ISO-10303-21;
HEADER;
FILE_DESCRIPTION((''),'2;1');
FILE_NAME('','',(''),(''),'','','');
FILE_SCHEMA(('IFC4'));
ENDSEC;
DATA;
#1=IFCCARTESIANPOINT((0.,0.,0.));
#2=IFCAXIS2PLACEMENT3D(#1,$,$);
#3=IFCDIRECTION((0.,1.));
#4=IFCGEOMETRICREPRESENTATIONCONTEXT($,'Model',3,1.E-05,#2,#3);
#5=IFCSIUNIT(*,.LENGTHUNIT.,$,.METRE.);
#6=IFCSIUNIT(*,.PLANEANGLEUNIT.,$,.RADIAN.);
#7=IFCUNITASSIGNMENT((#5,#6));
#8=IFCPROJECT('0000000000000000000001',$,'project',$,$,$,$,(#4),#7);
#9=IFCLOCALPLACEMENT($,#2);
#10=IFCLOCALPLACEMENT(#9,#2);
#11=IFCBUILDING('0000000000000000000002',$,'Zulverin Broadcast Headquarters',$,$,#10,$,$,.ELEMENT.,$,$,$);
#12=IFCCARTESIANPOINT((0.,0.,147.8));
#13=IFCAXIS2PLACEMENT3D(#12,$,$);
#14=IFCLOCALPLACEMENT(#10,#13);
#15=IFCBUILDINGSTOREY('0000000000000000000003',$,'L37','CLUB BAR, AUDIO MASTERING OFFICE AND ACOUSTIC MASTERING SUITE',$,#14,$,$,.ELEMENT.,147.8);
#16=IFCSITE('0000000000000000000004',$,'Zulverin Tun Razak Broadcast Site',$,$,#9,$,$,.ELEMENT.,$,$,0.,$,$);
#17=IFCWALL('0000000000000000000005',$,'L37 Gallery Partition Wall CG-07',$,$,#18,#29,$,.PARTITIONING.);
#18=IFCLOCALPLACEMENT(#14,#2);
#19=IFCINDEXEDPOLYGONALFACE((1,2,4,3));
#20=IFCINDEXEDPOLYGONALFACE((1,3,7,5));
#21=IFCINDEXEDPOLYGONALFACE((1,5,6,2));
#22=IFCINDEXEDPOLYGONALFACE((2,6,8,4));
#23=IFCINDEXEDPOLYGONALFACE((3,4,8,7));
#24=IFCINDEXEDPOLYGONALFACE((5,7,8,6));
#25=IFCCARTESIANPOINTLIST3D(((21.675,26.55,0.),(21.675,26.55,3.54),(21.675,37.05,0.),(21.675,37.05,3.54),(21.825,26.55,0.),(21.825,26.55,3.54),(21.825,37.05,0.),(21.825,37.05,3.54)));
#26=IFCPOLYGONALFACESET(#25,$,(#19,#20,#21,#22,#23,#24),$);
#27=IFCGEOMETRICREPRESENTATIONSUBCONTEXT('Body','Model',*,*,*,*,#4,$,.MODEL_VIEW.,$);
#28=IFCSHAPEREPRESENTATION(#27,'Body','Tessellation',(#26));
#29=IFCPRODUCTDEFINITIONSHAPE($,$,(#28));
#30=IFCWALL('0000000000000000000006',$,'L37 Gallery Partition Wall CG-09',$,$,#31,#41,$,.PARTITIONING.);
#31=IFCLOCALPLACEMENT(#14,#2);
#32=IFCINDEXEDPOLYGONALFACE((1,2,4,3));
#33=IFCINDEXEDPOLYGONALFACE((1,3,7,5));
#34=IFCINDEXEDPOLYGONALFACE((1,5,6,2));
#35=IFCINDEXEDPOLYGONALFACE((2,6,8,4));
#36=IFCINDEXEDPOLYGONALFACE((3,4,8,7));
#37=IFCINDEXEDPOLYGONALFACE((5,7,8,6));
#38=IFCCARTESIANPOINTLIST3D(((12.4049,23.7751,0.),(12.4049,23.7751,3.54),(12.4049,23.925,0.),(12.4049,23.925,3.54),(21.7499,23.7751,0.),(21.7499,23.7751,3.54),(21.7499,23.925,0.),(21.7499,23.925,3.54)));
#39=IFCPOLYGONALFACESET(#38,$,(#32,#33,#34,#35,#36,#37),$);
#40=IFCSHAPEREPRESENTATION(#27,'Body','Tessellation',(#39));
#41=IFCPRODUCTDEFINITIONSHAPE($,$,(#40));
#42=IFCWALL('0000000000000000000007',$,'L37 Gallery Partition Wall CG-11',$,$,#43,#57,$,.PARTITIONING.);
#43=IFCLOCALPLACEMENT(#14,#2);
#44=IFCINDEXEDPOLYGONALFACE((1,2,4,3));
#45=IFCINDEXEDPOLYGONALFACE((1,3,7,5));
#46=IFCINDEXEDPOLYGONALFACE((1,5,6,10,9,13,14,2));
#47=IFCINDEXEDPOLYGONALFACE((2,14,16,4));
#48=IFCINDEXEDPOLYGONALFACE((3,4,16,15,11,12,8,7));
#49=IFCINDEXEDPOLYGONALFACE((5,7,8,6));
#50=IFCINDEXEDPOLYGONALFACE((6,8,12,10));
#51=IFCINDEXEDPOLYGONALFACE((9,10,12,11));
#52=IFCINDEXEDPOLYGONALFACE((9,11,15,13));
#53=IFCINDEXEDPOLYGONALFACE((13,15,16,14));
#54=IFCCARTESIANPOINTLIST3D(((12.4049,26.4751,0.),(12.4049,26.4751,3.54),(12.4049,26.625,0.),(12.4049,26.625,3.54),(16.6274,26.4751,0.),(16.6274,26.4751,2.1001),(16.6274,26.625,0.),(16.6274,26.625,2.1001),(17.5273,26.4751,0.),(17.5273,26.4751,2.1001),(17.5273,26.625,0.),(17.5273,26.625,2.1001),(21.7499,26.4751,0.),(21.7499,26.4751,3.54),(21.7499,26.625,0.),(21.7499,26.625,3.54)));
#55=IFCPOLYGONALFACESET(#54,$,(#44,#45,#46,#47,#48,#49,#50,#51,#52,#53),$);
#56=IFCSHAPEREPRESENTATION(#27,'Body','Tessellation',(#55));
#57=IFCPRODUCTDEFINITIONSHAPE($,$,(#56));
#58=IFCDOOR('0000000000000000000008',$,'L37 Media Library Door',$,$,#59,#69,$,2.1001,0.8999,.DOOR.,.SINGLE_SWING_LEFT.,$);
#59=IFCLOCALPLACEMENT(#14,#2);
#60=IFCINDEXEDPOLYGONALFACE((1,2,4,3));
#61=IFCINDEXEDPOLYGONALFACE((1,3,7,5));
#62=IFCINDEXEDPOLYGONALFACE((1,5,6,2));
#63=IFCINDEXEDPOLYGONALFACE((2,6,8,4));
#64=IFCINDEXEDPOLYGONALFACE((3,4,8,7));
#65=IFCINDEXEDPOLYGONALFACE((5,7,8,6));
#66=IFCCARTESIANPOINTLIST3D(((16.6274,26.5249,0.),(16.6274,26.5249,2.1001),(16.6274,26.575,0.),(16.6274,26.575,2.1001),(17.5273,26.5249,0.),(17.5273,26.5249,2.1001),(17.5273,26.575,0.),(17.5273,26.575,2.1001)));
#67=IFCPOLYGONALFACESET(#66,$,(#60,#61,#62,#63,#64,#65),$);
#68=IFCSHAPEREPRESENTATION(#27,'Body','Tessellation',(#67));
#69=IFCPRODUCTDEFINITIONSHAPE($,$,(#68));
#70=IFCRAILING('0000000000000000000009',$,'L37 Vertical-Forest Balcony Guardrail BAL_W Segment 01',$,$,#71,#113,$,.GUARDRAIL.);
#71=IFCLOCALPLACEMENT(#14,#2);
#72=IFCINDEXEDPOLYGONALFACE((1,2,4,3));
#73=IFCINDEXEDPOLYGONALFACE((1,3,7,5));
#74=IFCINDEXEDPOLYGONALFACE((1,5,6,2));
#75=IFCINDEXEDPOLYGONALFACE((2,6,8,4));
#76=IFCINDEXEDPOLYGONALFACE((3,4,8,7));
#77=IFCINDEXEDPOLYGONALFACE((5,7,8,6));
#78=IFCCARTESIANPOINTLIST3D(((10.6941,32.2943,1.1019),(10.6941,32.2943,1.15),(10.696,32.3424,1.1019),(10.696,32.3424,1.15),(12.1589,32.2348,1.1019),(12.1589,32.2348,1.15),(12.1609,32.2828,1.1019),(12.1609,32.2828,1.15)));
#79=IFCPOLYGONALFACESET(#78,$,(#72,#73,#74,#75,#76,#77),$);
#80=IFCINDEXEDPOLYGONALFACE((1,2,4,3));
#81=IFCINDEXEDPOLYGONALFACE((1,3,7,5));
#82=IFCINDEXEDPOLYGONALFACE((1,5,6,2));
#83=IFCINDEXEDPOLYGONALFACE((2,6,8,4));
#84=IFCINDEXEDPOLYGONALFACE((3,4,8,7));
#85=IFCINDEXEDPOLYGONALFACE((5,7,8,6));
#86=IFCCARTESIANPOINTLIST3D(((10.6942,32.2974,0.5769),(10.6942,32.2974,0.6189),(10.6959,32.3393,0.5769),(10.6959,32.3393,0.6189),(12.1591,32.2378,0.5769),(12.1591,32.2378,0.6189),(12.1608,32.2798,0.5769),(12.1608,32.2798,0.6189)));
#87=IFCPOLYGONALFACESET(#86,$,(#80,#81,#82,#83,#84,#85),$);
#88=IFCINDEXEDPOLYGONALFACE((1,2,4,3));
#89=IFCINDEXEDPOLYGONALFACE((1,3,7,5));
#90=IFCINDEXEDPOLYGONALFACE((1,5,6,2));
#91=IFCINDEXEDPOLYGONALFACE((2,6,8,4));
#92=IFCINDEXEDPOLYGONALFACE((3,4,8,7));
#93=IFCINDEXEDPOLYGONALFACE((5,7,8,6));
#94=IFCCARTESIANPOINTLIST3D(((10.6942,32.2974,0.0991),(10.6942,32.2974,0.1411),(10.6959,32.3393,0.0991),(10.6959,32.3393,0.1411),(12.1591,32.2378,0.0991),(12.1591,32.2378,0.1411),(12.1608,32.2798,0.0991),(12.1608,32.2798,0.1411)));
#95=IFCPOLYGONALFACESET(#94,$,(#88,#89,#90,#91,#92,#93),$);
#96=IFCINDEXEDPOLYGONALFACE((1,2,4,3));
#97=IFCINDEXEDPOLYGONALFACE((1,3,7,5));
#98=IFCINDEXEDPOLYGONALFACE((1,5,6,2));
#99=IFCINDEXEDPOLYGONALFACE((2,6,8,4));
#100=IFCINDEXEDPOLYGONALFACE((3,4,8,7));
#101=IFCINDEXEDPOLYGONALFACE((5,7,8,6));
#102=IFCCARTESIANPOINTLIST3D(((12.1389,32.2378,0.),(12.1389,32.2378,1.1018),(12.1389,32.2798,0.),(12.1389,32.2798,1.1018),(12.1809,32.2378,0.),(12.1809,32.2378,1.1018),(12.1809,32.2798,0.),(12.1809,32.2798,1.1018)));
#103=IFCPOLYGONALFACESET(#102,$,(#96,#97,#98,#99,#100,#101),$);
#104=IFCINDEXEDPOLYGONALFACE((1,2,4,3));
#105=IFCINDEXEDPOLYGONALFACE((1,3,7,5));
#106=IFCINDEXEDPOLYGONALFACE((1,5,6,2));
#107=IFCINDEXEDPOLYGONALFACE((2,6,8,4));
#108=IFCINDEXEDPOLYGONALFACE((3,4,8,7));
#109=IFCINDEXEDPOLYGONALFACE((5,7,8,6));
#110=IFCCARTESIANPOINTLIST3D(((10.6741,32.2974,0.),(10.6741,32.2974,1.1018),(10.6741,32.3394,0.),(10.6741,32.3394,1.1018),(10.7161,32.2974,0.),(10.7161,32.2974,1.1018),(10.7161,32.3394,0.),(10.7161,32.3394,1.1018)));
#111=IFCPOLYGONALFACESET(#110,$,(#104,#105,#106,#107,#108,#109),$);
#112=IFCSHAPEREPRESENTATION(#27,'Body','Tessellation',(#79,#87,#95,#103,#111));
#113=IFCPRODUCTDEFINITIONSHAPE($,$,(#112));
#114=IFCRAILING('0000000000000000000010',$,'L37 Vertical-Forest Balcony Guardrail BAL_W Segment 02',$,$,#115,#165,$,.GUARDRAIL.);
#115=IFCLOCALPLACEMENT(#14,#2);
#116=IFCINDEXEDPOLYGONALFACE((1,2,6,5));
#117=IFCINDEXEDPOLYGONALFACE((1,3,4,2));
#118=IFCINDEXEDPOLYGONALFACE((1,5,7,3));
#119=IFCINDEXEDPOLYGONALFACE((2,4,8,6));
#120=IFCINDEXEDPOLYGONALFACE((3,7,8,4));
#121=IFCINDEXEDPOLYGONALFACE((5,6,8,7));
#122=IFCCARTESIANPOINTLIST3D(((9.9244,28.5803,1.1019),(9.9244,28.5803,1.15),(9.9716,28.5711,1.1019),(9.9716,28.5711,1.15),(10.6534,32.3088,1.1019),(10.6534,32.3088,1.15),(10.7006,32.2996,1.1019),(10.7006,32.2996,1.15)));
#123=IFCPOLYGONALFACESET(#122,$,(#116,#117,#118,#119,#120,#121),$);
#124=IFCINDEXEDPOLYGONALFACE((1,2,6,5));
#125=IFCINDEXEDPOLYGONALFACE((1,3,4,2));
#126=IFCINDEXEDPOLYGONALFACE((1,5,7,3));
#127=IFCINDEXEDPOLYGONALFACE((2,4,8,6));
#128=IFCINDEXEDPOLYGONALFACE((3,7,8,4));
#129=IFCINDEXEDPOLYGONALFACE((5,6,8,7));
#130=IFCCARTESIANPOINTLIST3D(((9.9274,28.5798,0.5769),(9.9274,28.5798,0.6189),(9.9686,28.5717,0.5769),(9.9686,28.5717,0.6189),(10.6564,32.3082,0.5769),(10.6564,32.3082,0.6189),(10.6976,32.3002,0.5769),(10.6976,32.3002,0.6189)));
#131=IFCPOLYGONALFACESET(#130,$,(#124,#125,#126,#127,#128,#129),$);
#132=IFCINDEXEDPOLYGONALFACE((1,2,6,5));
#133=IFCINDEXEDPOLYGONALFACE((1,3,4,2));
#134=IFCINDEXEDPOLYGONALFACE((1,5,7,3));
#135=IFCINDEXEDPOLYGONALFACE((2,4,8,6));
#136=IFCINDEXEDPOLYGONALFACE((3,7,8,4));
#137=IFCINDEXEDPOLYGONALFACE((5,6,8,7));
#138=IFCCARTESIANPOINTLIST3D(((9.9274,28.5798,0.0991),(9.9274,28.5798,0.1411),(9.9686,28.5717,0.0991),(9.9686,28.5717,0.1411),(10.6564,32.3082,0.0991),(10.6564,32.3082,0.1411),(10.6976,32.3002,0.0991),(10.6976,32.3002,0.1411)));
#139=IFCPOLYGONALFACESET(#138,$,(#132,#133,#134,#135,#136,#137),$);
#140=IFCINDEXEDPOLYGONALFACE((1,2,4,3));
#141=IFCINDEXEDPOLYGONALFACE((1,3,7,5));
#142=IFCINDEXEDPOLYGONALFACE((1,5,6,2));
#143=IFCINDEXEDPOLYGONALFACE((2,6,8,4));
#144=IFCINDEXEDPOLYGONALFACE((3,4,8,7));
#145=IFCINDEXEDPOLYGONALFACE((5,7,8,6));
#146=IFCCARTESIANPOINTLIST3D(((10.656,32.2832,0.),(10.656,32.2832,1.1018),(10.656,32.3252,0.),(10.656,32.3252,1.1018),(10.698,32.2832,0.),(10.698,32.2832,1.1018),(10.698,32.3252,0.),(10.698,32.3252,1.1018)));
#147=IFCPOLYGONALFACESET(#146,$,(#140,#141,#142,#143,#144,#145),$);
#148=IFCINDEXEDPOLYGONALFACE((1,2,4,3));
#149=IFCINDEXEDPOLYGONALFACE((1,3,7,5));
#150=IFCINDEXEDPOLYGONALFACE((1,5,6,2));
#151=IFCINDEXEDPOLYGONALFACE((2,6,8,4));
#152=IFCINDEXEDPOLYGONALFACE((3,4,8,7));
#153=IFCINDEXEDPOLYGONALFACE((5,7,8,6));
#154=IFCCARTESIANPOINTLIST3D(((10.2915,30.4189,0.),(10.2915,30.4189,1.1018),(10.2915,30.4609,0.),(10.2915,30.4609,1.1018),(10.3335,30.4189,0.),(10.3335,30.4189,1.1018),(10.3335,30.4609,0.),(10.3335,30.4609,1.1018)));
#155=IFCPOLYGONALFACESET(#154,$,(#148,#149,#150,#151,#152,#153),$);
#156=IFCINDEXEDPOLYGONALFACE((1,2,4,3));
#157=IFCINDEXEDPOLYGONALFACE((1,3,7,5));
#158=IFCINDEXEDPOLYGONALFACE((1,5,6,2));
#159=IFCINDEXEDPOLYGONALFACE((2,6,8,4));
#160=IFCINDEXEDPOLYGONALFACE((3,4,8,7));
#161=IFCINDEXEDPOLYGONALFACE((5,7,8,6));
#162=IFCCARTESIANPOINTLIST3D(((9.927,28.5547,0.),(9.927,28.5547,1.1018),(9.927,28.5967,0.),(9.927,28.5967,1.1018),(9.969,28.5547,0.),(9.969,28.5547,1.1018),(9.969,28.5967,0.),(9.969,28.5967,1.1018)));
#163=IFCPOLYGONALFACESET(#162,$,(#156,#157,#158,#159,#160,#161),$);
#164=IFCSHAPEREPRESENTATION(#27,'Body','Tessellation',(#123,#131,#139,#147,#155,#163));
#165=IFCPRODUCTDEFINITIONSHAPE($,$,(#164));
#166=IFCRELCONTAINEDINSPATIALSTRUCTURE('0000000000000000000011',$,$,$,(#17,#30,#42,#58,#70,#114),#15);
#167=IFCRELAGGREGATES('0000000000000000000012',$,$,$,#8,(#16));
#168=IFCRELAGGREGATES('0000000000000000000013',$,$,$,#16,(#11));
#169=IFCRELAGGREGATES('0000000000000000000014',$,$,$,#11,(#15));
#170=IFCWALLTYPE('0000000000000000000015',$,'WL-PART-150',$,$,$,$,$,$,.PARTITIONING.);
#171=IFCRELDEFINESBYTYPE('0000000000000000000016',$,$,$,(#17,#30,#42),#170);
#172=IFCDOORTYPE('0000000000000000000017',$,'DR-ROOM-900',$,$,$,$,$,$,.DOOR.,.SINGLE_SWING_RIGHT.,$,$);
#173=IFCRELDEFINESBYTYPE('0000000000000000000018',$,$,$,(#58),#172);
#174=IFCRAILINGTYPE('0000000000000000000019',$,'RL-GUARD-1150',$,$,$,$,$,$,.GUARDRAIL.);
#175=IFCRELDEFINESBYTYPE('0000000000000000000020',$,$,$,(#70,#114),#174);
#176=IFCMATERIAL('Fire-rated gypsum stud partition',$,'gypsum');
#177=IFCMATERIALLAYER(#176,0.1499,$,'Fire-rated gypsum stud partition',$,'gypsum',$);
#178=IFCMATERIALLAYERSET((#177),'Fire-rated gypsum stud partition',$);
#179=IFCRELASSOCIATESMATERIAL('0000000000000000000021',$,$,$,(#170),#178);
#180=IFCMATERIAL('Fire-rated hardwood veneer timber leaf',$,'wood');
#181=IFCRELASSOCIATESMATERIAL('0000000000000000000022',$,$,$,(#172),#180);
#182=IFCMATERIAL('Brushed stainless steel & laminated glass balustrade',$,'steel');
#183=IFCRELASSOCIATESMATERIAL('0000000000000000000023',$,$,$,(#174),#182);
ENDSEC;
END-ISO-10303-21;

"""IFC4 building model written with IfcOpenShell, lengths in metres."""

from ifc_helpers import new_model, si_unit, direction, frame, frame_2d, origin, origin_2d, place, context, subcontext, project, spatial, rectangle, extrude, material, layer, layer_set, type_object, element, fill, save


model = new_model("IFC4")

# Units and contexts
model_context = context("Model", 3, precision=1e-05, world=origin(), true_north=direction((0.0, 1.0)))
body_context = subcontext(model_context, "Body", "Model", "MODEL_VIEW")
ifc_project = project(units=[si_unit("LENGTHUNIT", "METRE"), si_unit("PLANEANGLEUNIT", "RADIAN")], contexts=[model_context])

# Site, building, storey
site_placement = place(None, origin())
site = spatial("IfcSite", under=ifc_project, at=site_placement, Name="Zulverin Tun Razak Broadcast Site", CompositionType="ELEMENT", RefElevation=0.0)
building_placement = place(site_placement, origin())
building = spatial("IfcBuilding", under=site, at=building_placement, Name="Zulverin Broadcast Headquarters", CompositionType="ELEMENT")
storey_placement = place(building_placement, frame((0.0, 0.0, 147.8)))
storey = spatial("IfcBuildingStorey", under=building, at=storey_placement, Name="L37", Description="CLUB BAR, AUDIO MASTERING OFFICE AND ACOUSTIC MASTERING SUITE", CompositionType="ELEMENT", Elevation=147.8)

# Shared definitions
ifc_material_1 = material(Name="Fire-rated gypsum stud partition", Category="gypsum")
ifc_layer_1 = layer(ifc_material_1, 0.1499, Name="Fire-rated gypsum stud partition", Category="gypsum")
ifc_layer_set_1 = layer_set([ifc_layer_1], Name="Fire-rated gypsum stud partition")
wall_type = type_object("IfcWallType", Name="WL-PART-150", PredefinedType="PARTITIONING", material=ifc_layer_set_1)

# Walls
wall_1_placement = place(storey_placement, frame((21.75, 26.55, 0.0), z_axis=(0.0, 0.0, 1.0), x_axis=(0.0, 1.0, 0.0)))
element("IfcWall", 1, at=wall_1_placement, inside=storey, type_object=wall_type, Name="L37 Gallery Partition Wall CG-07", PredefinedType="PARTITIONING", context=body_context, shape_type="SweptSolid", body=[
    extrude(rectangle(XDim=10.5, YDim=0.1499, at=frame_2d((5.25, 0.0))), origin(), (0.0, 0.0, 1.0), 3.54),
])
wall_2_placement = place(storey_placement, frame((12.405, 23.8501, 0.0), z_axis=(0.0, 0.0, 1.0), x_axis=(1.0, 0.0, 0.0)))
element("IfcWall", 2, at=wall_2_placement, inside=storey, type_object=wall_type, Name="L37 Gallery Partition Wall CG-09", PredefinedType="PARTITIONING", context=body_context, shape_type="SweptSolid", body=[
    extrude(rectangle(XDim=9.345, YDim=0.1499, at=frame_2d((4.6724, 0.0))), origin(), (0.0, 0.0, 1.0), 3.54),
])

# Wall, opening, door
wall_3_placement = place(storey_placement, frame((12.405, 26.55, 0.0), z_axis=(0.0, 0.0, 1.0), x_axis=(1.0, 0.0, 0.0)))
wall_3 = element("IfcWall", 3, at=wall_3_placement, inside=storey, type_object=wall_type, Name="L37 Gallery Partition Wall CG-11", PredefinedType="PARTITIONING", context=body_context, shape_type="SweptSolid", body=[
    extrude(rectangle(XDim=9.345, YDim=0.1499, at=frame_2d((4.6724, 0.0))), origin(), (0.0, 0.0, 1.0), 3.54),
])
opening_1_placement = place(wall_3_placement, frame((4.2224, 0.0, 0.0)))
opening_1 = element("IfcOpeningElement", 4, at=opening_1_placement, cuts=wall_3, PredefinedType="OPENING", context=body_context, shape_type="SweptSolid", body=[
    extrude(rectangle(XDim=0.8999, YDim=2.1001, at=frame_2d((0.45, 1.05))), frame((0.0, 0.085, 0.0), z_axis=(0.0, -1.0, 0.0), x_axis=(1.0, 0.0, 0.0)), (0.0, 0.0, 1.0), 0.1699),
])
ifc_material_2 = material(Name="Fire-rated hardwood veneer timber leaf", Category="wood")
door_type_1 = type_object("IfcDoorType", Name="DR-ROOM-900", OperationType="SINGLE_SWING_RIGHT", PredefinedType="DOOR", material=ifc_material_2)
door_1_placement = place(opening_1_placement, origin())
door_1 = element("IfcDoor", 5, at=door_1_placement, inside=storey, type_object=door_type_1, Name="L37 Media Library Door", OperationType="SINGLE_SWING_LEFT", OverallHeight=2.1001, OverallWidth=0.8999, PredefinedType="DOOR", context=body_context, shape_type="SweptSolid", body=[
    extrude(rectangle(XDim=0.8999, YDim=2.1001, at=frame_2d((0.45, 1.05))), frame((0.0, 0.0249, 0.0), z_axis=(0.0, -1.0, 0.0), x_axis=(1.0, 0.0, 0.0)), (0.0, 0.0, 1.0), 0.05),
])
fill(opening_1, door_1)

# Railings
ifc_material_3 = material(Name="Brushed stainless steel & laminated glass balustrade", Category="steel")
railing_type = type_object("IfcRailingType", Name="RL-GUARD-1150", PredefinedType="GUARDRAIL", material=ifc_material_3)
railing_1_placement = place(storey_placement, frame((12.1599, 32.2588, 0.0)))
element("IfcRailing", 6, at=railing_1_placement, inside=storey, type_object=railing_type, Name="L37 Vertical-Forest Balcony Guardrail BAL_W Segment 01", PredefinedType="GUARDRAIL", context=body_context, shape_type="SweptSolid", body=[
    extrude(rectangle(XDim=0.0481, YDim=0.0481, at=origin_2d()), frame((0.0, 0.0, 1.126), z_axis=(-0.999174, 0.040633, 0.0), x_axis=(-0.040633, -0.999174, 0.0)), (0.0, 0.0, 1.0), 1.4661),
    extrude(rectangle(XDim=0.042, YDim=0.042, at=origin_2d()), frame((0.0, 0.0, 0.5979), z_axis=(-0.999174, 0.040633, 0.0), x_axis=(-0.040633, -0.999174, 0.0)), (0.0, 0.0, 1.0), 1.4661),
    extrude(rectangle(XDim=0.042, YDim=0.042, at=origin_2d()), frame((0.0, 0.0, 0.1201), z_axis=(-0.999174, 0.040633, 0.0), x_axis=(-0.040633, -0.999174, 0.0)), (0.0, 0.0, 1.0), 1.4661),
    extrude(rectangle(XDim=0.042, YDim=0.042, at=origin_2d()), origin(), (0.0, 0.0, 1.0), 1.1018),
    extrude(rectangle(XDim=0.042, YDim=0.042, at=origin_2d()), frame((-1.4648, 0.0596, 0.0)), (0.0, 0.0, 1.0), 1.1018),
])
railing_2_placement = place(storey_placement, frame((10.677, 32.3042, 0.0)))
element("IfcRailing", 7, at=railing_2_placement, inside=storey, type_object=railing_type, Name="L37 Vertical-Forest Balcony Guardrail BAL_W Segment 02", PredefinedType="GUARDRAIL", context=body_context, shape_type="SweptSolid", body=[
    extrude(rectangle(XDim=0.0481, YDim=0.0481, at=origin_2d()), frame((0.0, 0.0, 1.126), z_axis=(-0.191888, -0.981417, 0.0), x_axis=(0.981417, -0.191888, 0.0)), (0.0, 0.0, 1.0), 3.7991),
    extrude(rectangle(XDim=0.042, YDim=0.042, at=origin_2d()), frame((0.0, 0.0, 0.5979), z_axis=(-0.191888, -0.981417, 0.0), x_axis=(0.981417, -0.191888, 0.0)), (0.0, 0.0, 1.0), 3.7991),
    extrude(rectangle(XDim=0.042, YDim=0.042, at=origin_2d()), frame((0.0, 0.0, 0.1201), z_axis=(-0.191888, -0.981417, 0.0), x_axis=(0.981417, -0.191888, 0.0)), (0.0, 0.0, 1.0), 3.7991),
    extrude(rectangle(XDim=0.042, YDim=0.042, at=origin_2d()), origin(), (0.0, 0.0, 1.0), 1.1018),
    extrude(rectangle(XDim=0.042, YDim=0.042, at=origin_2d()), frame((-0.3645, -1.8643, 0.0)), (0.0, 0.0, 1.0), 1.1018),
    extrude(rectangle(XDim=0.042, YDim=0.042, at=origin_2d()), frame((-0.729, -3.7285, 0.0)), (0.0, 0.0, 1.0), 1.1018),
])

save(model, "model.ifc")
